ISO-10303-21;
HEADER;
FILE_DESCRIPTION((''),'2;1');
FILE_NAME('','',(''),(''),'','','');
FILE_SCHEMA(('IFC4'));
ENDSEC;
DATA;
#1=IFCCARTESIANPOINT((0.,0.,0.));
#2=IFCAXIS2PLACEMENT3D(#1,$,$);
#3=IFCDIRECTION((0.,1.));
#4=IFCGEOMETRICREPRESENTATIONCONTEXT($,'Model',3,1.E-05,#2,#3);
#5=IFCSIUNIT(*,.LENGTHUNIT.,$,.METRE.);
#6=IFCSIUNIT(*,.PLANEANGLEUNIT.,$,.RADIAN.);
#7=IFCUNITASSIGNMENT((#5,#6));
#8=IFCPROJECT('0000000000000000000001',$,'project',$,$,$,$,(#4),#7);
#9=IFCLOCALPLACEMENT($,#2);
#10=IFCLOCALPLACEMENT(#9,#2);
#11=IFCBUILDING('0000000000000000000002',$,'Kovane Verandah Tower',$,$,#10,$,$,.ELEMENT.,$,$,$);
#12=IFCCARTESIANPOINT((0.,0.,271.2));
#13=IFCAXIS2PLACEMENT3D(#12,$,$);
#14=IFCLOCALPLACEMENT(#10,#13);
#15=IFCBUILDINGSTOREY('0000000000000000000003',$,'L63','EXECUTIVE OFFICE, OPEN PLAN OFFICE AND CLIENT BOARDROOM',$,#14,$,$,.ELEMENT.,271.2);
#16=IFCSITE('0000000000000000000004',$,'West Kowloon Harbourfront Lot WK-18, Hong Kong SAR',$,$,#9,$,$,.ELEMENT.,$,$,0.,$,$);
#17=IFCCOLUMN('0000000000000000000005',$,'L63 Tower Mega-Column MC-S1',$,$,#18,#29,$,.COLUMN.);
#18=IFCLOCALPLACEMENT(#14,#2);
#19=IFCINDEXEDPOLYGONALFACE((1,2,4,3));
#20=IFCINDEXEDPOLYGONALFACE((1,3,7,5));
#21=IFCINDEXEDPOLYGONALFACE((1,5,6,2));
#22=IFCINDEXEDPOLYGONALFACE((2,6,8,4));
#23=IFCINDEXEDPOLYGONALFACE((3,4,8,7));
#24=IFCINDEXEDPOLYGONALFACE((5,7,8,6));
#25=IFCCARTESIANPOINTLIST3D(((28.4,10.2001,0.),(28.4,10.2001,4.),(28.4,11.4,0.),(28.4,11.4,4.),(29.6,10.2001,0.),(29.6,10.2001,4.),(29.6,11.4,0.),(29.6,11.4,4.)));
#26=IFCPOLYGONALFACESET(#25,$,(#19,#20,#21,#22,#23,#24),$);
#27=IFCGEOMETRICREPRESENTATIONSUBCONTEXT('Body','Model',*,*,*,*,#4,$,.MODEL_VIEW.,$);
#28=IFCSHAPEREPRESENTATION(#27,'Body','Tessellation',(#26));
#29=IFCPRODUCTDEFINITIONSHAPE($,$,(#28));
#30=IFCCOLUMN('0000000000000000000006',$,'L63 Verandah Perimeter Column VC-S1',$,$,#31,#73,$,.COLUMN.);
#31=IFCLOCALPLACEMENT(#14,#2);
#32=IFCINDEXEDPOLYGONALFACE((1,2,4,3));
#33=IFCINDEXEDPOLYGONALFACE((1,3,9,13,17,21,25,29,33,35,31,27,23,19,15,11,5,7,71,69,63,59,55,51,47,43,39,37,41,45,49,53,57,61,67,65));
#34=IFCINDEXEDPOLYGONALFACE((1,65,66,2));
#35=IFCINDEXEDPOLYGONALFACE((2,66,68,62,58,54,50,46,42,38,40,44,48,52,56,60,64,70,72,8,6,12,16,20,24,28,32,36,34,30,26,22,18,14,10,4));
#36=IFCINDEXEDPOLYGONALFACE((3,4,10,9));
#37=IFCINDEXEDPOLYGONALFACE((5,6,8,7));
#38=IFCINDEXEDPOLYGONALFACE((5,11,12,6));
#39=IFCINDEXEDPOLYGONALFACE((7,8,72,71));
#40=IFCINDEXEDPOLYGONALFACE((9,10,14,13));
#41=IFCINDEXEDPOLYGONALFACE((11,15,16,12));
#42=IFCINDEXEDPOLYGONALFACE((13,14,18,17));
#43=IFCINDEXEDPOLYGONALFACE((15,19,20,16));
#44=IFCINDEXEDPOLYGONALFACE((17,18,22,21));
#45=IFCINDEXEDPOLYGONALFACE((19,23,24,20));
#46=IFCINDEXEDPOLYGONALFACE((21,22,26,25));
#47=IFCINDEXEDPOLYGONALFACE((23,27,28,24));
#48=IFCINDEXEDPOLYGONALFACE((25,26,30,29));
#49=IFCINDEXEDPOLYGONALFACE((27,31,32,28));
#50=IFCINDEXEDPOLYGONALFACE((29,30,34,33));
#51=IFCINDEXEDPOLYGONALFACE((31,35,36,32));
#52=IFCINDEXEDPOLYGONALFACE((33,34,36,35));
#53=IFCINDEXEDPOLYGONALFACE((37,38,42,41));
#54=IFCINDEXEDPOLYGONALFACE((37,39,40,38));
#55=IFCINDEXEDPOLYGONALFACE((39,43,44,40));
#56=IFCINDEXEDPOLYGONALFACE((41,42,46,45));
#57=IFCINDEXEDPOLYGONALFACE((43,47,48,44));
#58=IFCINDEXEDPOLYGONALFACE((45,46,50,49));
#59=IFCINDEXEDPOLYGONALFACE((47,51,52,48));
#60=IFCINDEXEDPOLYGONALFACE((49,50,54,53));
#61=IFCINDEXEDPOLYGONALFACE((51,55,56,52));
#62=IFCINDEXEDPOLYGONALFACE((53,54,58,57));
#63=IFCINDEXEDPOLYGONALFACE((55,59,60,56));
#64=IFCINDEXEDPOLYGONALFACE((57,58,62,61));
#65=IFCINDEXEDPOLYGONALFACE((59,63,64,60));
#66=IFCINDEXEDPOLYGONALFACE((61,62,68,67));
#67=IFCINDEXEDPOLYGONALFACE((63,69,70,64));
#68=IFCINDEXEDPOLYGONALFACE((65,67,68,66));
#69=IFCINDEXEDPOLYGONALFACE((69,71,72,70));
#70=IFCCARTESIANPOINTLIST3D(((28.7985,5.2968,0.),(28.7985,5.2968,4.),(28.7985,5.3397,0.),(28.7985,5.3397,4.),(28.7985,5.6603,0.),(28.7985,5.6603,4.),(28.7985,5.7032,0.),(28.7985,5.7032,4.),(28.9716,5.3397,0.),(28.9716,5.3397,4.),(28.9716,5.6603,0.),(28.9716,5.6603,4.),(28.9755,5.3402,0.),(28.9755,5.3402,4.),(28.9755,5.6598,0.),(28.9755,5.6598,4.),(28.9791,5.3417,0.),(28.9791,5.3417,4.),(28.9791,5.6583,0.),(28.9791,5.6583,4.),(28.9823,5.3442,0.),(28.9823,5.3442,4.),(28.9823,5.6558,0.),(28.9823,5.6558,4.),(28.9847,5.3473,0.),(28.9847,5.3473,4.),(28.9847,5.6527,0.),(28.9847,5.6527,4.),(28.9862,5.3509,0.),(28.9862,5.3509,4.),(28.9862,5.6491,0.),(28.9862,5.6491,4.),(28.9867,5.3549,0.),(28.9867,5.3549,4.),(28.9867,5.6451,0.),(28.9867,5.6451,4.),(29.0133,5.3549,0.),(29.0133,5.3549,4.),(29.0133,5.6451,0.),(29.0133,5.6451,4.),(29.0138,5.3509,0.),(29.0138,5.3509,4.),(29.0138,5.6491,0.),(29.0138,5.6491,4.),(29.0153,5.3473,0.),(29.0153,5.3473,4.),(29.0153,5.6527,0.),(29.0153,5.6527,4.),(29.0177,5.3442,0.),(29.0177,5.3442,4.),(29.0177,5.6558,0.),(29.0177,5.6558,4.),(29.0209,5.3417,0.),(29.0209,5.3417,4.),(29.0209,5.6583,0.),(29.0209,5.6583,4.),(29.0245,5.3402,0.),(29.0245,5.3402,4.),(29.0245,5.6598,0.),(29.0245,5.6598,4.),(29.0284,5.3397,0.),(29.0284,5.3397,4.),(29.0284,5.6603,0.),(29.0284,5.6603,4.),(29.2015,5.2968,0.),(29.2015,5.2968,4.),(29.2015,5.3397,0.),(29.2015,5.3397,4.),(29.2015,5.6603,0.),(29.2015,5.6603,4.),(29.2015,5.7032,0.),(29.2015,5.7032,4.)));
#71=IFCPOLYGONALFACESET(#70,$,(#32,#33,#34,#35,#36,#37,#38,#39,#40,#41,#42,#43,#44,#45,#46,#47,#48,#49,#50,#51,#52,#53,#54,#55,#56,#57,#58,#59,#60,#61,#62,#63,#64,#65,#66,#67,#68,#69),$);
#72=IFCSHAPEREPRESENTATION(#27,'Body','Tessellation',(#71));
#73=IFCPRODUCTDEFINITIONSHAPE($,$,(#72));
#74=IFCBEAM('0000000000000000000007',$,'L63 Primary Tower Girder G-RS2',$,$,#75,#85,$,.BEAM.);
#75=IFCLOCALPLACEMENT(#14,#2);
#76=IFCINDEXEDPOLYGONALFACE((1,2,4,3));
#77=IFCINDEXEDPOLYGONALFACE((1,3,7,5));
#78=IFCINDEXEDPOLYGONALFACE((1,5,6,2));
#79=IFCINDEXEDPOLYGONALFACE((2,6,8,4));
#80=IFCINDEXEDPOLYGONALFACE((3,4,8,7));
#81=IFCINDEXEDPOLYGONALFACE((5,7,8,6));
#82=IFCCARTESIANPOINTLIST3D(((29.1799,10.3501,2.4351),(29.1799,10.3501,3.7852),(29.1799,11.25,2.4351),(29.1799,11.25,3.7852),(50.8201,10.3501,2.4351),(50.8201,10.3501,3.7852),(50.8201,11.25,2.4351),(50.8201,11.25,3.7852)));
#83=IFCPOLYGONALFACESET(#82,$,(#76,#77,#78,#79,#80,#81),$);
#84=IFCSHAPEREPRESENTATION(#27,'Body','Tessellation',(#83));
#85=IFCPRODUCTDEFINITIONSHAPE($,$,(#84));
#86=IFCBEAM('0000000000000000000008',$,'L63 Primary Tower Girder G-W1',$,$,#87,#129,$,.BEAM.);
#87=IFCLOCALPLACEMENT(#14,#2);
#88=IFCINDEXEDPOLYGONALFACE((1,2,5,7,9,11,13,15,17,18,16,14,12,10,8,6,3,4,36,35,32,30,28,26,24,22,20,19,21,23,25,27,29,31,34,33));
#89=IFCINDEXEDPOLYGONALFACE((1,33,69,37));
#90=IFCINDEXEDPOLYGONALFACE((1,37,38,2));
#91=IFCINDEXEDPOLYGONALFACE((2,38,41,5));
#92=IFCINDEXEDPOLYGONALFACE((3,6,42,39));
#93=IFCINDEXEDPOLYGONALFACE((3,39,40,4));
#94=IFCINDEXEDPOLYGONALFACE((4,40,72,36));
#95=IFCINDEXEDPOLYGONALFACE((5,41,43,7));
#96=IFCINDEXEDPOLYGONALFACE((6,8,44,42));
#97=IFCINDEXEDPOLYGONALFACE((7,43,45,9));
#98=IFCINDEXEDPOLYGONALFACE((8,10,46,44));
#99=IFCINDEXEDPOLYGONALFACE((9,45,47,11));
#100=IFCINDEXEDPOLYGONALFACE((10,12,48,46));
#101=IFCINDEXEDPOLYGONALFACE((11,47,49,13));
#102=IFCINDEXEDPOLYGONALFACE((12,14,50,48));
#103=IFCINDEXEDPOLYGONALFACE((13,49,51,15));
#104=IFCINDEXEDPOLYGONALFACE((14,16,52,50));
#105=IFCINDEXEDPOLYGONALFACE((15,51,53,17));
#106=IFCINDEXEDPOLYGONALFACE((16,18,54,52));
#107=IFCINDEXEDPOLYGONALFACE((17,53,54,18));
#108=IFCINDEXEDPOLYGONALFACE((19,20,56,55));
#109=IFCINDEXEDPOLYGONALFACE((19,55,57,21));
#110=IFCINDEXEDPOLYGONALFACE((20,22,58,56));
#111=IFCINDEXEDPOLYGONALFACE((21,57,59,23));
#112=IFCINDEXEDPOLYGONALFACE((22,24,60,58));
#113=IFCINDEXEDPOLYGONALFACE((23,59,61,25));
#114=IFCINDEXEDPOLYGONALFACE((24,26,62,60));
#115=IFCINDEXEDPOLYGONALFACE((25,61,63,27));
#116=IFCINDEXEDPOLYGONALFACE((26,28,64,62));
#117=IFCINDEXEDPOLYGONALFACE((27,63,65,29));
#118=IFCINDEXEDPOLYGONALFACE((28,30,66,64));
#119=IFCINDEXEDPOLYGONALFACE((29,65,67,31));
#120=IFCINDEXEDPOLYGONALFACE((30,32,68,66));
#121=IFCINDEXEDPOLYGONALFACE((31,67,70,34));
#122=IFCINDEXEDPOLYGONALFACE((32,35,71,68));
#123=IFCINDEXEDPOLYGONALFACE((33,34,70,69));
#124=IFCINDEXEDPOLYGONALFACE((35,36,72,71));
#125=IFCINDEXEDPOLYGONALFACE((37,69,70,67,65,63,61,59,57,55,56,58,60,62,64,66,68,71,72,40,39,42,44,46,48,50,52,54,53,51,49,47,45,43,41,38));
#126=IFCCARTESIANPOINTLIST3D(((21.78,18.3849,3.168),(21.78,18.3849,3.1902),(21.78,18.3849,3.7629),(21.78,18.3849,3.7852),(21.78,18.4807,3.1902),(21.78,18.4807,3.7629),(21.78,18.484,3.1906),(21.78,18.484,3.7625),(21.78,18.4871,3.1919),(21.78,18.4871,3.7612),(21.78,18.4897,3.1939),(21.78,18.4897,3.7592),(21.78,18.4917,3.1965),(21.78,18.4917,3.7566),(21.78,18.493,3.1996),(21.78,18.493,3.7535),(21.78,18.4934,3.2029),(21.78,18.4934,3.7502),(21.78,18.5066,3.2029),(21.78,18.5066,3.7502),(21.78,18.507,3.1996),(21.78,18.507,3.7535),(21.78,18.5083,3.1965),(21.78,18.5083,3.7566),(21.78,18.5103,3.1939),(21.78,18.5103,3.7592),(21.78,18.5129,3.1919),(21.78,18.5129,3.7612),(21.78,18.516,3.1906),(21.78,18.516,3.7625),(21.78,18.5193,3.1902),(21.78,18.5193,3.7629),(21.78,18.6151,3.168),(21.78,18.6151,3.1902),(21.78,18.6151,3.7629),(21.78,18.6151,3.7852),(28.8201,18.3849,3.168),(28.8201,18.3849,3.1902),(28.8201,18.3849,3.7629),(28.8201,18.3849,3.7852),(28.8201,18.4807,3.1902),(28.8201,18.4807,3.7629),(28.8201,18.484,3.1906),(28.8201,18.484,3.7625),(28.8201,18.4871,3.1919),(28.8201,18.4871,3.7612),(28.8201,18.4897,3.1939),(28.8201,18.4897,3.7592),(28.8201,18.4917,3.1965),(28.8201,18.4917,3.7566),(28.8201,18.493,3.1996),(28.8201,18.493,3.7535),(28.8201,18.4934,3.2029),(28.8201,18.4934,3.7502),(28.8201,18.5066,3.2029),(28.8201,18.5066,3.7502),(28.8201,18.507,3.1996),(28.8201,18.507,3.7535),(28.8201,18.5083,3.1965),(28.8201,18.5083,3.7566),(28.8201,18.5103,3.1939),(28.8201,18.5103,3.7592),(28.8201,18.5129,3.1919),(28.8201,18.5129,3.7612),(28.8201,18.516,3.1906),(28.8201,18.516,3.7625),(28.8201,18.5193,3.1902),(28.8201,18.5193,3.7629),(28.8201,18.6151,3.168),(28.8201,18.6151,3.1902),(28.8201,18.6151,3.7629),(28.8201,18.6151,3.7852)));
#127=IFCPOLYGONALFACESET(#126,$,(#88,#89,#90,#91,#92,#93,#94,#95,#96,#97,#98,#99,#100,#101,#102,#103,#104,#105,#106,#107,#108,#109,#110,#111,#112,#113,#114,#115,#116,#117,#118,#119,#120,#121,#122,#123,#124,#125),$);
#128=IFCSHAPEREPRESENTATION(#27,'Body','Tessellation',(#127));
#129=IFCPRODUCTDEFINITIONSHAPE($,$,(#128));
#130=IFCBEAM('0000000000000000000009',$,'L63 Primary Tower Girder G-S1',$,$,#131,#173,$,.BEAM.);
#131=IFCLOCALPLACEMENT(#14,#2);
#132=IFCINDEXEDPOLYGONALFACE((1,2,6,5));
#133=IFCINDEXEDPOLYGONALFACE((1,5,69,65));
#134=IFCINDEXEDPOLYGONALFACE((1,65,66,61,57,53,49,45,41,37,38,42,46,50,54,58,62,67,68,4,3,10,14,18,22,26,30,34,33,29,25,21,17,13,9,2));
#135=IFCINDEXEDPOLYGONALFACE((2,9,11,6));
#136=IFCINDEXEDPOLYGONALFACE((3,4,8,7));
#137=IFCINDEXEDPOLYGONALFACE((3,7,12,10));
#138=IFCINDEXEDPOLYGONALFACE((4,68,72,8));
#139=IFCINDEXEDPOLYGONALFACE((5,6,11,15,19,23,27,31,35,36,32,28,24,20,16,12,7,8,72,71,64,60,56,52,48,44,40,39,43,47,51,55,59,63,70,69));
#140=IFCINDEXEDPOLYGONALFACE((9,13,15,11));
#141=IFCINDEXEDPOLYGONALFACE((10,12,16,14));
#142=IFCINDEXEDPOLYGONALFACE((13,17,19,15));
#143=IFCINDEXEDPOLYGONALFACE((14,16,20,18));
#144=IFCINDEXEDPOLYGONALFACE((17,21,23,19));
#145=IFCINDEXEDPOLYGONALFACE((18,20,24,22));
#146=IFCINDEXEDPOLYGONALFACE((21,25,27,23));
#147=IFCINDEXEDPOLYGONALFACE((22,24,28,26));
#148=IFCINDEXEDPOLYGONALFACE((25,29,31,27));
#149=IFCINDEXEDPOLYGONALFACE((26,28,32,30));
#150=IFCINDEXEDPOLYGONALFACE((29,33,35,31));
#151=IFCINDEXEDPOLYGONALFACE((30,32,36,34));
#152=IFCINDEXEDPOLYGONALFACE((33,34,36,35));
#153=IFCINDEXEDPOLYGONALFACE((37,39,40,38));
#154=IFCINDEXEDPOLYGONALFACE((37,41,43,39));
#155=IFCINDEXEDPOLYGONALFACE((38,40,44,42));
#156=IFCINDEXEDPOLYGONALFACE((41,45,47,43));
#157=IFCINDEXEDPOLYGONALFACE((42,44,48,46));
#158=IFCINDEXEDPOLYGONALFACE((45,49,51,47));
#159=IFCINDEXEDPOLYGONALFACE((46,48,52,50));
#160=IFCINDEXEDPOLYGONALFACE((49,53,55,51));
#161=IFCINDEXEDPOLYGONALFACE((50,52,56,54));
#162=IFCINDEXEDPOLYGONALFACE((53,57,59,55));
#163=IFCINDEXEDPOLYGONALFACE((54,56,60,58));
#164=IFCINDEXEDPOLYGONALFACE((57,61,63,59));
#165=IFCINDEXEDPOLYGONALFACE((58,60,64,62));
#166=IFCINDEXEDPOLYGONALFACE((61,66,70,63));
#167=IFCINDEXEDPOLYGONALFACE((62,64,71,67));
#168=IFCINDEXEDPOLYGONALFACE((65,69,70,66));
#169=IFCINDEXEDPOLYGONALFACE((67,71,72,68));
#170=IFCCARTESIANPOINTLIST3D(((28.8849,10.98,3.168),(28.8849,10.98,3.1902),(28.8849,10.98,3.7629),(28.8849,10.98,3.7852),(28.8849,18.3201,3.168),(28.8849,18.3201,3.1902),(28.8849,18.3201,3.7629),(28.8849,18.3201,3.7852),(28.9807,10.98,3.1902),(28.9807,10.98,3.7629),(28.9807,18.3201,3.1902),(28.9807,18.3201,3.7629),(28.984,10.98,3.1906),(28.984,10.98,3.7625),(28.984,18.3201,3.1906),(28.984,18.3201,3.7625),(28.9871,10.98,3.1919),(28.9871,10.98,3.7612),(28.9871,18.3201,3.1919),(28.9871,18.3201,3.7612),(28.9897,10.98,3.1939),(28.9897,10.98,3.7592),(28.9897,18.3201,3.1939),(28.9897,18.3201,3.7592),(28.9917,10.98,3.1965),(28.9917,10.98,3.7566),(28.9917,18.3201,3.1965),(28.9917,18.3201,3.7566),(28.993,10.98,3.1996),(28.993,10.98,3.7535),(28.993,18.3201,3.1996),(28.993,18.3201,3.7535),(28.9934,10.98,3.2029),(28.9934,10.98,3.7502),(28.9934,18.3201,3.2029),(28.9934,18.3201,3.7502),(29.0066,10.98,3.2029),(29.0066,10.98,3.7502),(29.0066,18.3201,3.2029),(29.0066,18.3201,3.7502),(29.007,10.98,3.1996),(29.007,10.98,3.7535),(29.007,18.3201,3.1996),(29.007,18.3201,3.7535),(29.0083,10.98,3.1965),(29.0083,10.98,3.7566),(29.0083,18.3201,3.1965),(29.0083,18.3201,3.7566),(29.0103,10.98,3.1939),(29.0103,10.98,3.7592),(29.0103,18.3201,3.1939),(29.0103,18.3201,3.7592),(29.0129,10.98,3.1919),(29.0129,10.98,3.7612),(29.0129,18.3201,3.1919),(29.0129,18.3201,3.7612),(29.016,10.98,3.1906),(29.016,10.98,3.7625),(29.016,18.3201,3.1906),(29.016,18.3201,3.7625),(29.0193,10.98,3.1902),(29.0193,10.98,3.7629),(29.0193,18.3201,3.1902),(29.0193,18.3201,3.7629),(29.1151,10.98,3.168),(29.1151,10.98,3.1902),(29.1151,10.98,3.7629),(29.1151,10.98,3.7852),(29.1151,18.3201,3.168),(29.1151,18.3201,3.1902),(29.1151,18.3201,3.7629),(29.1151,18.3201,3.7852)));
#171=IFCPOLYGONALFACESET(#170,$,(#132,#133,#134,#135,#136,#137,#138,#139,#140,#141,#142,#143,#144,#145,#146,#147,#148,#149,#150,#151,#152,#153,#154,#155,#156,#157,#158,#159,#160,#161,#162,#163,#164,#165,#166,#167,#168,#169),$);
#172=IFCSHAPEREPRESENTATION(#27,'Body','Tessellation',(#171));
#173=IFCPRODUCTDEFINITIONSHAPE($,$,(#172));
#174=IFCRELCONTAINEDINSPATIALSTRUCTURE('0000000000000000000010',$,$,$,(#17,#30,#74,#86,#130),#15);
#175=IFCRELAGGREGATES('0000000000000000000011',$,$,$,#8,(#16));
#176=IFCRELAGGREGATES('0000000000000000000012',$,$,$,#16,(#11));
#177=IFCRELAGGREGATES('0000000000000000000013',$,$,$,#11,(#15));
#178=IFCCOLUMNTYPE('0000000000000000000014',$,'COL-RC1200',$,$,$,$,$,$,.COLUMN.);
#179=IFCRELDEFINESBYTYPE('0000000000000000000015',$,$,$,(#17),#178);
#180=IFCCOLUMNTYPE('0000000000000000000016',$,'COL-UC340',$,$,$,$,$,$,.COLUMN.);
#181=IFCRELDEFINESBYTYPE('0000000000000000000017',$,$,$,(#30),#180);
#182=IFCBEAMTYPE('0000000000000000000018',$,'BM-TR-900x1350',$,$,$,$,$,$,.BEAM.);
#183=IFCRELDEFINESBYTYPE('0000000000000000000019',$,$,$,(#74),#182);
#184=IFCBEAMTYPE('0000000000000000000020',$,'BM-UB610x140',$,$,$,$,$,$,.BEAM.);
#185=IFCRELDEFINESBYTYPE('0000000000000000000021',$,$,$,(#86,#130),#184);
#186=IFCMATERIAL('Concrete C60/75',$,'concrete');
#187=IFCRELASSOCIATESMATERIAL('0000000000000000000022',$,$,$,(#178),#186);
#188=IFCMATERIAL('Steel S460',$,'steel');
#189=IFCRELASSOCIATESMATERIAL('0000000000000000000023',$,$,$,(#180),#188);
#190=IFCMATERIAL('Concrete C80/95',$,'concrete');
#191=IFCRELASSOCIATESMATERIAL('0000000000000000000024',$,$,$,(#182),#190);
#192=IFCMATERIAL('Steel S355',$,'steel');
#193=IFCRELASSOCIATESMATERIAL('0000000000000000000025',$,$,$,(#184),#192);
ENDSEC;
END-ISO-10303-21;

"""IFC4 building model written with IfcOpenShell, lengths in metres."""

from ifc_helpers import new_model, si_unit, direction, frame, origin, origin_2d, place, context, subcontext, project, spatial, rectangle, i_section, extrude, material, material_profile, profile_set, type_object, element, save


model = new_model("IFC4")

# Units and contexts
model_context = context("Model", 3, precision=1e-05, world=origin(), true_north=direction((0.0, 1.0)))
body_context = subcontext(model_context, "Body", "Model", "MODEL_VIEW")
ifc_project = project(units=[si_unit("LENGTHUNIT", "METRE"), si_unit("PLANEANGLEUNIT", "RADIAN")], contexts=[model_context])

# Site, building, storey
site_placement = place(None, origin())
site = spatial("IfcSite", under=ifc_project, at=site_placement, Name="West Kowloon Harbourfront Lot WK-18, Hong Kong SAR", CompositionType="ELEMENT", RefElevation=0.0)
building_placement = place(site_placement, origin())
building = spatial("IfcBuilding", under=site, at=building_placement, Name="Kovane Verandah Tower", CompositionType="ELEMENT")
storey_placement = place(building_placement, frame((0.0, 0.0, 271.2)))
storey = spatial("IfcBuildingStorey", under=building, at=storey_placement, Name="L63", Description="EXECUTIVE OFFICE, OPEN PLAN OFFICE AND CLIENT BOARDROOM", CompositionType="ELEMENT", Elevation=271.2)

# Columns
ifc_material_1 = material(Name="Concrete C60/75", Category="concrete")
ifc_material_profile_1 = material_profile(ifc_material_1, rectangle(XDim=1.2, YDim=1.2, at=origin_2d()), Name="RC1200x1200")
ifc_profile_set_1 = profile_set([ifc_material_profile_1], Name="Concrete C60/75")
column_type_1 = type_object("IfcColumnType", Name="COL-RC1200", PredefinedType="COLUMN", material=ifc_profile_set_1)
column_1_placement = place(storey_placement, frame((29.0, 10.8, 0.0), z_axis=(0.0, 0.0, 1.0), x_axis=(1.0, 0.0, 0.0)))
element("IfcColumn", 1, at=column_1_placement, inside=storey, type_object=column_type_1, Name="L63 Tower Mega-Column MC-S1", PredefinedType="COLUMN", context=body_context, shape_type="SweptSolid", body=[
    extrude(rectangle(XDim=1.2, YDim=1.2, at=origin_2d()), origin(), (0.0, 0.0, 1.0), 4.0),
])
ifc_material_2 = material(Name="Steel S460", Category="steel")
ifc_material_profile_2 = material_profile(ifc_material_2, i_section(OverallWidth=0.4031, OverallDepth=0.4065, WebThickness=0.0266, FlangeThickness=0.043, FilletRadius=0.0151, at=origin_2d()), Name="UC356x406x340")
ifc_profile_set_2 = profile_set([ifc_material_profile_2], Name="Steel S460")
column_type_2 = type_object("IfcColumnType", Name="COL-UC340", PredefinedType="COLUMN", material=ifc_profile_set_2)
column_2_placement = place(storey_placement, frame((29.0, 5.5, 0.0), z_axis=(0.0, 0.0, 1.0), x_axis=(1.0, 0.0, 0.0)))
element("IfcColumn", 2, at=column_2_placement, inside=storey, type_object=column_type_2, Name="L63 Verandah Perimeter Column VC-S1", PredefinedType="COLUMN", context=body_context, shape_type="SweptSolid", body=[
    extrude(i_section(OverallWidth=0.4031, OverallDepth=0.4065, WebThickness=0.0266, FlangeThickness=0.043, FilletRadius=0.0151, at=origin_2d()), origin(), (0.0, 0.0, 1.0), 4.0),
])

# Beams
ifc_material_3 = material(Name="Concrete C80/95", Category="concrete")
ifc_material_profile_3 = material_profile(ifc_material_3, rectangle(XDim=0.8999, YDim=1.3501, at=origin_2d()), Name="RCB900x1350")
ifc_profile_set_3 = profile_set([ifc_material_profile_3], Name="Concrete C80/95")
beam_type_1 = type_object("IfcBeamType", Name="BM-TR-900x1350", PredefinedType="BEAM", material=ifc_profile_set_3)
beam_1_placement = place(storey_placement, frame((29.1799, 10.8, 3.1101), z_axis=(1.0, 0.0, 0.0), x_axis=(0.0, 1.0, 0.0)))
element("IfcBeam", 3, at=beam_1_placement, inside=storey, type_object=beam_type_1, Name="L63 Primary Tower Girder G-RS2", PredefinedType="BEAM", context=body_context, shape_type="SweptSolid", body=[
    extrude(rectangle(XDim=0.8999, YDim=1.3501, at=origin_2d()), origin(), (0.0, 0.0, 1.0), 21.6401),
])
ifc_material_4 = material(Name="Steel S355", Category="steel")
ifc_material_profile_4 = material_profile(ifc_material_4, i_section(OverallWidth=0.2302, OverallDepth=0.6172, WebThickness=0.0132, FlangeThickness=0.0222, FilletRadius=0.0127, at=origin_2d()), Name="UB610x229x140")
ifc_profile_set_4 = profile_set([ifc_material_profile_4], Name="Steel S355")
beam_type_2 = type_object("IfcBeamType", Name="BM-UB610x140", PredefinedType="BEAM", material=ifc_profile_set_4)
beam_2_placement = place(storey_placement, frame((28.8201, 18.5, 3.4766), z_axis=(-1.0, 0.0, 0.0), x_axis=(0.0, -1.0, 0.0)))
element("IfcBeam", 4, at=beam_2_placement, inside=storey, type_object=beam_type_2, Name="L63 Primary Tower Girder G-W1", PredefinedType="BEAM", context=body_context, shape_type="SweptSolid", body=[
    extrude(i_section(OverallWidth=0.2302, OverallDepth=0.6172, WebThickness=0.0132, FlangeThickness=0.0222, FilletRadius=0.0127, at=origin_2d()), origin(), (0.0, 0.0, 1.0), 7.04),
])
beam_3_placement = place(storey_placement, frame((29.0, 18.3201, 3.4766), z_axis=(0.0, -1.0, 0.0), x_axis=(1.0, 0.0, 0.0)))
element("IfcBeam", 5, at=beam_3_placement, inside=storey, type_object=beam_type_2, Name="L63 Primary Tower Girder G-S1", PredefinedType="BEAM", context=body_context, shape_type="SweptSolid", body=[
    extrude(i_section(OverallWidth=0.2302, OverallDepth=0.6172, WebThickness=0.0132, FlangeThickness=0.0222, FilletRadius=0.0127, at=origin_2d()), origin(), (0.0, 0.0, 1.0), 7.3401),
])

save(model, "model.ifc")
